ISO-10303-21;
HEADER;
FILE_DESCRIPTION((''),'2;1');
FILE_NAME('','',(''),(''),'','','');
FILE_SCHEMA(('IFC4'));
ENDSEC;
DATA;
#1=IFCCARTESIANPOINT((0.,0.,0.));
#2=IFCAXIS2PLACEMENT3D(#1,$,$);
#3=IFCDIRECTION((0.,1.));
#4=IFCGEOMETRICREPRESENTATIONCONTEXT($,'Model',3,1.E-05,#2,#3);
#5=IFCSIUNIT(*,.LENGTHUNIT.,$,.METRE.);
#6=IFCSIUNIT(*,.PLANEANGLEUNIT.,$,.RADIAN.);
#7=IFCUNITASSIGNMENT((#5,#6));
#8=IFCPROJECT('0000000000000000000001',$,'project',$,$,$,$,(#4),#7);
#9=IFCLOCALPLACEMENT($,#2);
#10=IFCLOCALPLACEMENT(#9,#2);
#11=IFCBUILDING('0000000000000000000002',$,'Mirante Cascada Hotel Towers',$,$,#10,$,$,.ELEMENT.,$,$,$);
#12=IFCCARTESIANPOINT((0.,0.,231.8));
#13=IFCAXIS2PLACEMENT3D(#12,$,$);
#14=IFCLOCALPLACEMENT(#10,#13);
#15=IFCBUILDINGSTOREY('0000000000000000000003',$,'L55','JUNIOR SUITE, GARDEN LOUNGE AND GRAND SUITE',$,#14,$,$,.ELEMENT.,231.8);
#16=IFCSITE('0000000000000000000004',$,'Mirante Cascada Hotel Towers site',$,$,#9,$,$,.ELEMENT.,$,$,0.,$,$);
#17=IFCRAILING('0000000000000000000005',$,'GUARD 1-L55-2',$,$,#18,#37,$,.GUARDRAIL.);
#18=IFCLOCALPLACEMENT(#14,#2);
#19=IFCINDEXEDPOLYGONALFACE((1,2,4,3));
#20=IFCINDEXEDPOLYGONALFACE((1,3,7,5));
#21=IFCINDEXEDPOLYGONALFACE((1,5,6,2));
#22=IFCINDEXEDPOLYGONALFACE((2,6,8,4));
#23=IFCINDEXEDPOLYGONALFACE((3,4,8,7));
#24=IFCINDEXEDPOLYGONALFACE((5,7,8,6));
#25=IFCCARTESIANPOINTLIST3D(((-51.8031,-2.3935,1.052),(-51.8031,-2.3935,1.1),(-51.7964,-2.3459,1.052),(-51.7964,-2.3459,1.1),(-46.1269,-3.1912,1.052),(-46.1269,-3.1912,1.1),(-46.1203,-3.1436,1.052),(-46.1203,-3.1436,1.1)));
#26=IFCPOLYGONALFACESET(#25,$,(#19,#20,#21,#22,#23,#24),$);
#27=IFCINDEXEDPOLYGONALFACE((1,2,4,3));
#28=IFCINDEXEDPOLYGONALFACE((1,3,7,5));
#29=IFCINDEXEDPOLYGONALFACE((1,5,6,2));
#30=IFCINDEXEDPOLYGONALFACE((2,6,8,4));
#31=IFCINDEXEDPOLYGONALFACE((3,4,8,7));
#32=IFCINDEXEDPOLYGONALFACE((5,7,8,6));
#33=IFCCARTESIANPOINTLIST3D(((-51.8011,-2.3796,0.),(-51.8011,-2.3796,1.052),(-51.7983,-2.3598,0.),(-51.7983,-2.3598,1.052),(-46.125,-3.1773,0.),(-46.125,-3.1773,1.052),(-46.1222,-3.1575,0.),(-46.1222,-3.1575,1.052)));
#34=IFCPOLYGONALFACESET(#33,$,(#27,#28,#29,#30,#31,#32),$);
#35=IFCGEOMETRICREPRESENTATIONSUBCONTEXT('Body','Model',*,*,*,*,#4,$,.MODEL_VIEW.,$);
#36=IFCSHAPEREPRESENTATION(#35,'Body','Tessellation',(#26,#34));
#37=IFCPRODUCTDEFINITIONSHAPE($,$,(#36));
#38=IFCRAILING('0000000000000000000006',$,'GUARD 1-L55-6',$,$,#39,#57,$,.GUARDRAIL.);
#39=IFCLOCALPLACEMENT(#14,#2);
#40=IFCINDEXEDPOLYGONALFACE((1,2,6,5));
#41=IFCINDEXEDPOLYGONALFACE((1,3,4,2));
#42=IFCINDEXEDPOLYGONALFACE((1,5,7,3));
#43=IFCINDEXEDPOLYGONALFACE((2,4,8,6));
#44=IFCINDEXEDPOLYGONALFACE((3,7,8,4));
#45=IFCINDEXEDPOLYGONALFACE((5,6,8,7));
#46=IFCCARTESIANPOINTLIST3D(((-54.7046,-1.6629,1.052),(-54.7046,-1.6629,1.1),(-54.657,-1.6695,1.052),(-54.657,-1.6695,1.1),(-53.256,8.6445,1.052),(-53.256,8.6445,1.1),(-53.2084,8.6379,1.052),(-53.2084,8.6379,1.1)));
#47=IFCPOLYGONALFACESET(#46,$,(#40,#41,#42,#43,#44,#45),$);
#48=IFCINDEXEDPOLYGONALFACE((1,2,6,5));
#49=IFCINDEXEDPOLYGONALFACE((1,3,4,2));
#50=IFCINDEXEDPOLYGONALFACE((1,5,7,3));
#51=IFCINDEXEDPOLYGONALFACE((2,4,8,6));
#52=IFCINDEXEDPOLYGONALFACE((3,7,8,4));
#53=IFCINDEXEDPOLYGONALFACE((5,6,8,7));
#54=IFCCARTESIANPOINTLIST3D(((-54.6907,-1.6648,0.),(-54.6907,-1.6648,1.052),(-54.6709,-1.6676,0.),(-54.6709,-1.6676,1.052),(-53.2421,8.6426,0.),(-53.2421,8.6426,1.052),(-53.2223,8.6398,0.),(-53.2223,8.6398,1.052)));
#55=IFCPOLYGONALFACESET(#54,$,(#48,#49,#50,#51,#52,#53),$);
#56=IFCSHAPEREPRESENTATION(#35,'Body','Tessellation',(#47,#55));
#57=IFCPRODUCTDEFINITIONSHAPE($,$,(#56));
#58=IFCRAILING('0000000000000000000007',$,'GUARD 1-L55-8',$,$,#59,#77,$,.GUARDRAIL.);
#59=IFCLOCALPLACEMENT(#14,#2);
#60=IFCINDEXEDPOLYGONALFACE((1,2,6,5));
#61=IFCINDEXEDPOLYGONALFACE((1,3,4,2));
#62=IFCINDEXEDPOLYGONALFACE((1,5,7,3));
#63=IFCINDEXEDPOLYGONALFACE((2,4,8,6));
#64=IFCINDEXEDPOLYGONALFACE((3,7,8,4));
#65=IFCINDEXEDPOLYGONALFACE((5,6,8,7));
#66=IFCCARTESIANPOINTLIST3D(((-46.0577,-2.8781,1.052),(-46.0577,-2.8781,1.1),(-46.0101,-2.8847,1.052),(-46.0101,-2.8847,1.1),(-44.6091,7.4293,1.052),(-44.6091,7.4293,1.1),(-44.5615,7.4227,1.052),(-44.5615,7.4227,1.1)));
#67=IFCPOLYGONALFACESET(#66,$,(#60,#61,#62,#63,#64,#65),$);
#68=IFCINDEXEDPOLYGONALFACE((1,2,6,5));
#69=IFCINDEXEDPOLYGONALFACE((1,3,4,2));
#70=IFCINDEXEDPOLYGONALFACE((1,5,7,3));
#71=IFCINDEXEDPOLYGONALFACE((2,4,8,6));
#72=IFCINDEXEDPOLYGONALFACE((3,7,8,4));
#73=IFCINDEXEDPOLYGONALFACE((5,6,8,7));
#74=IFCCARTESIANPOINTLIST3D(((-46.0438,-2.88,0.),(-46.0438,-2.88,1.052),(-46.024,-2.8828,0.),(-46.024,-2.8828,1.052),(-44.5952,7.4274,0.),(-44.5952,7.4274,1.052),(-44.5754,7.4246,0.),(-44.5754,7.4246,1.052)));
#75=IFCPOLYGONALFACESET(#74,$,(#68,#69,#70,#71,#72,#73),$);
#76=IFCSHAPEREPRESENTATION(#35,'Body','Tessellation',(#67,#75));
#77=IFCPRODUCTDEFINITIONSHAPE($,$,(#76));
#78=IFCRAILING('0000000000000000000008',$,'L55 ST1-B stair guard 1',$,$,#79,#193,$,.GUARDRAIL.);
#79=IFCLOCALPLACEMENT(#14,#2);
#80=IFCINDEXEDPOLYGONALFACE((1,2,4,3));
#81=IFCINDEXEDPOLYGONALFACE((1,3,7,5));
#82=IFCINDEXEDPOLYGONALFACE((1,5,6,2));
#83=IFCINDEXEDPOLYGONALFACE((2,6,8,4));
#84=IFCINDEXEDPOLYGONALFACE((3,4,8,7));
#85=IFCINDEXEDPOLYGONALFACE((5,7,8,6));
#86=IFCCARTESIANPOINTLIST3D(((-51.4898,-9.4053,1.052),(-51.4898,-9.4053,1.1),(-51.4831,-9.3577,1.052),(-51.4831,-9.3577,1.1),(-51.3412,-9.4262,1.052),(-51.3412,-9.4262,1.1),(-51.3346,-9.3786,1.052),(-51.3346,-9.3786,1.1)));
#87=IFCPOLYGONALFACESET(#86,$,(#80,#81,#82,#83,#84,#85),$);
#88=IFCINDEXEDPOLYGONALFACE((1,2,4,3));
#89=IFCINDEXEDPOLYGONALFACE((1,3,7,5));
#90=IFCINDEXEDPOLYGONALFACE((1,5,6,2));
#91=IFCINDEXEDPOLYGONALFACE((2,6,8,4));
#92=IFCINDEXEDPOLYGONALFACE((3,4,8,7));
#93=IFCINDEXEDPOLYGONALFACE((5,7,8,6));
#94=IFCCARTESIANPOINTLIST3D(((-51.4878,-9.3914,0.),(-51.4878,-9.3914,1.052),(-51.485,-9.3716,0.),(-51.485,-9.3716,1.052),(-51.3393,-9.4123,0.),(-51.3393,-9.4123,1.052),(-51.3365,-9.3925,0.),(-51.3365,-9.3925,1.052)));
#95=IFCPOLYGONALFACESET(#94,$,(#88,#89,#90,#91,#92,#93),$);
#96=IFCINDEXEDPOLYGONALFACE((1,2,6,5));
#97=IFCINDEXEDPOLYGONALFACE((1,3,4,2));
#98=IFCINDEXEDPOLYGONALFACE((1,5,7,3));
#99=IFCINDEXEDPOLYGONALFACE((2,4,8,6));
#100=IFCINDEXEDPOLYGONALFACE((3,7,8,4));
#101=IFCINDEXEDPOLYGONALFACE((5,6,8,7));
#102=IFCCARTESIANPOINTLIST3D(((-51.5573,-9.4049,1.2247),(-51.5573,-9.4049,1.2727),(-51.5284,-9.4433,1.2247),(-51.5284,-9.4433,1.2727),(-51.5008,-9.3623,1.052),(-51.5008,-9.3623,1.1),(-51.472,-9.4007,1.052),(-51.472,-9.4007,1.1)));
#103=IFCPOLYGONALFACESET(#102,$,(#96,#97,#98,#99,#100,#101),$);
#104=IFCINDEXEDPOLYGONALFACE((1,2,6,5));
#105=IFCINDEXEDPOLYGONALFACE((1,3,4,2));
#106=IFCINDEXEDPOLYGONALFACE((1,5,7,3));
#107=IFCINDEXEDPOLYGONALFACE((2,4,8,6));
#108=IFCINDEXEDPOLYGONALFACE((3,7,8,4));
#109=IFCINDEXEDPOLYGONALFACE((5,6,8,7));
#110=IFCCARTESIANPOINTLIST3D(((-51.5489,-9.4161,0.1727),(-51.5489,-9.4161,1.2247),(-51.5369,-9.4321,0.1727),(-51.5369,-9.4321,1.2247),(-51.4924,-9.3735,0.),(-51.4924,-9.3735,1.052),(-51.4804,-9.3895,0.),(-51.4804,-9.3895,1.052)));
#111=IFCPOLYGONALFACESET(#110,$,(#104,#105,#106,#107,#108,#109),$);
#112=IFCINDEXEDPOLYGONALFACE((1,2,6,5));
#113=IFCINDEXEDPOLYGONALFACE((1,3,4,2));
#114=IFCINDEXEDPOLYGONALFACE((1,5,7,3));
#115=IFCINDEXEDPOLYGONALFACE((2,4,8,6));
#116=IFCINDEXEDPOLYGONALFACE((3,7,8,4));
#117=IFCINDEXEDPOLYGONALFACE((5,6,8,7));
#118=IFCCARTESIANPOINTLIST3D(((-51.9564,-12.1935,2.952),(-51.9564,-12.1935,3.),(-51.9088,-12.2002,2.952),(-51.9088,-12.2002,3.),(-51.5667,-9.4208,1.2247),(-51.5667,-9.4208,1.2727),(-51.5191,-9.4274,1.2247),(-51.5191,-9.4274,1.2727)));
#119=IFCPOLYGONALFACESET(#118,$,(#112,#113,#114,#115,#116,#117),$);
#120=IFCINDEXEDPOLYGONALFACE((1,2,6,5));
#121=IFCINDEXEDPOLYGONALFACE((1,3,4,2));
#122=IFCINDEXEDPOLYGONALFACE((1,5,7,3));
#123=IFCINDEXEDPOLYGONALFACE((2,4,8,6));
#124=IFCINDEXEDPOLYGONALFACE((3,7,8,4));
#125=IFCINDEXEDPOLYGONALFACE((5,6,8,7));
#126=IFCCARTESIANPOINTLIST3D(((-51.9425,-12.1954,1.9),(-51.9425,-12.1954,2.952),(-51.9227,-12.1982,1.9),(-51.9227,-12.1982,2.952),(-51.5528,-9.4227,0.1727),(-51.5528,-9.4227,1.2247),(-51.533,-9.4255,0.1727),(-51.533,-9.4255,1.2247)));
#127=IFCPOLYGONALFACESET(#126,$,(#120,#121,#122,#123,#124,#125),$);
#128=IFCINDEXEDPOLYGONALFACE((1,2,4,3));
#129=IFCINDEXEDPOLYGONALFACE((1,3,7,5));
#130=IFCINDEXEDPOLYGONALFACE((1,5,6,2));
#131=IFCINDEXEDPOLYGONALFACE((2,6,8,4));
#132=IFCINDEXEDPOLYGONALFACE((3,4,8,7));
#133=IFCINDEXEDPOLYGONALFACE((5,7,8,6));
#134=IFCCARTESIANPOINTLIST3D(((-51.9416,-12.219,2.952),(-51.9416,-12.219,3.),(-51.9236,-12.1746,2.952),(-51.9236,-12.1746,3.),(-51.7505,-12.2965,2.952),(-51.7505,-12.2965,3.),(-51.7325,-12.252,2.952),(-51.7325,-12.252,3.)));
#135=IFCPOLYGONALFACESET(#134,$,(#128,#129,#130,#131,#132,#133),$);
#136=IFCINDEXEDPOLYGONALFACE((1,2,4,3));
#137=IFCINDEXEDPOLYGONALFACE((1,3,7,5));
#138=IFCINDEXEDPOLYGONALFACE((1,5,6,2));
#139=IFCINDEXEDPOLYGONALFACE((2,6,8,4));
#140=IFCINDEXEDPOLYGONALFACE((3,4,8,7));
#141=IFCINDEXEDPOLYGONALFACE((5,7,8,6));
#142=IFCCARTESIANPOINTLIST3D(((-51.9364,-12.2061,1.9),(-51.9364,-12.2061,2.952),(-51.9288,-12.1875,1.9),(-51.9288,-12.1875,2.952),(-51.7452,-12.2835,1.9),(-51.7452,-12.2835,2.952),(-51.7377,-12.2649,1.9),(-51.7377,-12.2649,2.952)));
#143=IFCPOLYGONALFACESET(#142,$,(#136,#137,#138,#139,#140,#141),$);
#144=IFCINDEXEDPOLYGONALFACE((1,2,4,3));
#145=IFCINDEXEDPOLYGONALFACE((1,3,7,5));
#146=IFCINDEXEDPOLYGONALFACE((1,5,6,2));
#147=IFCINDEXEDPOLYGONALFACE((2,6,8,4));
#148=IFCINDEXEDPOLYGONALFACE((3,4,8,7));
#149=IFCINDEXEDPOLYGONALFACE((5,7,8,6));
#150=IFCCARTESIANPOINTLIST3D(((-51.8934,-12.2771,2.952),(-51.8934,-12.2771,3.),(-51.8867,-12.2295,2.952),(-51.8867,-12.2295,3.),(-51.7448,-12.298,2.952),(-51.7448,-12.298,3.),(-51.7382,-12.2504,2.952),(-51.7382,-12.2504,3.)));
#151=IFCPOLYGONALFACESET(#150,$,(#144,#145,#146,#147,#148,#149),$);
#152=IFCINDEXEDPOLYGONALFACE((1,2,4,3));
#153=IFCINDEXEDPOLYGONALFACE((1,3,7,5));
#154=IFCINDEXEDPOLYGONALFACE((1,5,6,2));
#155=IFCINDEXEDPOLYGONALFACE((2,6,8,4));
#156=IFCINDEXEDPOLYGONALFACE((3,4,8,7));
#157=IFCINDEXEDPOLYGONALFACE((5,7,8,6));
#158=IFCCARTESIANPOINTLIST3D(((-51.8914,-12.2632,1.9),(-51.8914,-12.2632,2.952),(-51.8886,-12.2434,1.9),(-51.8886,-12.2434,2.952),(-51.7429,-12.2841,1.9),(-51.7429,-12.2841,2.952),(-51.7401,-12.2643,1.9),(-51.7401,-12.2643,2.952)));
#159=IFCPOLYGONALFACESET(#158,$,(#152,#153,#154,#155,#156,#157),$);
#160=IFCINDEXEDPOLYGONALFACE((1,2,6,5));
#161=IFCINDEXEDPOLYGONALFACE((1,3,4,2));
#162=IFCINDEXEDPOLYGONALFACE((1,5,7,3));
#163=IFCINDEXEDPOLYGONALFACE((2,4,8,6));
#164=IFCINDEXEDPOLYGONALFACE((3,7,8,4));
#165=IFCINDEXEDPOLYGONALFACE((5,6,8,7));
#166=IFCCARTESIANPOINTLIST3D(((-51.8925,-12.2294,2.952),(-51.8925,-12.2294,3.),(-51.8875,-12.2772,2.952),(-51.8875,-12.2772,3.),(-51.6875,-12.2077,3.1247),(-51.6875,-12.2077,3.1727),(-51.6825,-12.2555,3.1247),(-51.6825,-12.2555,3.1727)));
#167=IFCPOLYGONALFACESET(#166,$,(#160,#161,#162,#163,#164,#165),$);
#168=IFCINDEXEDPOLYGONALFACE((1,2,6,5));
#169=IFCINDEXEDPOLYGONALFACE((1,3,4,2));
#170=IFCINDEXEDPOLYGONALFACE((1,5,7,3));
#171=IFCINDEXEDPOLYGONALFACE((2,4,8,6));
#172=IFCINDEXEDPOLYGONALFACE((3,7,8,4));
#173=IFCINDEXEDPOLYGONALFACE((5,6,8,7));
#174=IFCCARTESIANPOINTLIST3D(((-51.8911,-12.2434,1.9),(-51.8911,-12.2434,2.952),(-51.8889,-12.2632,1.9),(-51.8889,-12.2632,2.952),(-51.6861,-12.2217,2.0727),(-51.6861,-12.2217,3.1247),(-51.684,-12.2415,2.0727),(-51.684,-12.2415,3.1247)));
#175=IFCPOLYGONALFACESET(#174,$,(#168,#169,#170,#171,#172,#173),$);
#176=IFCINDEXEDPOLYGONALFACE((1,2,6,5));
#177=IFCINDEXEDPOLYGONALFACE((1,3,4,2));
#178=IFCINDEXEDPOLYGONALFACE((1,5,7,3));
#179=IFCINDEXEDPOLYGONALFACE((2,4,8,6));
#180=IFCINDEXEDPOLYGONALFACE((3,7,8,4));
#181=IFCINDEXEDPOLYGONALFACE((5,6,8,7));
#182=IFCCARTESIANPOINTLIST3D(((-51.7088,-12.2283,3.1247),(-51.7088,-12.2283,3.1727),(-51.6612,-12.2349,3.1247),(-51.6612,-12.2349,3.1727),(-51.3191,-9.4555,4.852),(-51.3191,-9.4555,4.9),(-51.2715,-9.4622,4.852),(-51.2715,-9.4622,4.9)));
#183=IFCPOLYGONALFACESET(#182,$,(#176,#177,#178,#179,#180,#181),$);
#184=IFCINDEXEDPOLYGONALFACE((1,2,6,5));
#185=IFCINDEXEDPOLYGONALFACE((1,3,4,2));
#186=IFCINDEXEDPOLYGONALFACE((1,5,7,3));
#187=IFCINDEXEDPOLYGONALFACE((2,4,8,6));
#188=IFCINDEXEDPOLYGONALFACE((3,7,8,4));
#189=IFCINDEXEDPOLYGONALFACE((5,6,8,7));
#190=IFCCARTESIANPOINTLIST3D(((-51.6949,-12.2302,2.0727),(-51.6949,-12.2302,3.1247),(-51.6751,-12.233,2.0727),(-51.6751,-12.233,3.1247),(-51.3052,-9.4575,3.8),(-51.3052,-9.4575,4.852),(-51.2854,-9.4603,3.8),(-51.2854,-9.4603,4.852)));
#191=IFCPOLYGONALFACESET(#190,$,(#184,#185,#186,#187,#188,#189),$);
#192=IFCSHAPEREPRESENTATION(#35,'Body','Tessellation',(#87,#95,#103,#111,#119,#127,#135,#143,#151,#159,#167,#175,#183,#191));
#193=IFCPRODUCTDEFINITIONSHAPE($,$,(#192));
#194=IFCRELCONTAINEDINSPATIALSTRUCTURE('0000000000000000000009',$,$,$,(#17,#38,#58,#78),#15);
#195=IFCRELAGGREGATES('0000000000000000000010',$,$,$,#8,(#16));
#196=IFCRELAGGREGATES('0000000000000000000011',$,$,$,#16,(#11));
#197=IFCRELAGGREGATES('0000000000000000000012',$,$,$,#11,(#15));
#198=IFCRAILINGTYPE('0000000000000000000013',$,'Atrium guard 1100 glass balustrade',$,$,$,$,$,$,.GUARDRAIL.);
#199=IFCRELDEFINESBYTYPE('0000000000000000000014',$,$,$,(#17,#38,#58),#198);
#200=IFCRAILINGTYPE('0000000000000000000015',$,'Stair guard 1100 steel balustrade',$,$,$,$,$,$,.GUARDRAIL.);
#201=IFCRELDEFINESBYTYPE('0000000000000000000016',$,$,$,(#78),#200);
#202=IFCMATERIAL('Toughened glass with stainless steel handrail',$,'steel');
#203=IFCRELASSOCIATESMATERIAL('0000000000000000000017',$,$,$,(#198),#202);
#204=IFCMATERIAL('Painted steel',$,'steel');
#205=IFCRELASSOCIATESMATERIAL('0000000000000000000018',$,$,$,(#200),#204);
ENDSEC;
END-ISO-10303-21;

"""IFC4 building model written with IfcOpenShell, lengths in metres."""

from ifc_helpers import new_model, si_unit, direction, frame, origin, origin_2d, place, context, subcontext, project, spatial, rectangle, extrude, material, type_object, element, save


model = new_model("IFC4")

# Units and contexts
model_context = context("Model", 3, precision=1e-05, world=origin(), true_north=direction((0.0, 1.0)))
body_context = subcontext(model_context, "Body", "Model", "MODEL_VIEW")
ifc_project = project(units=[si_unit("LENGTHUNIT", "METRE"), si_unit("PLANEANGLEUNIT", "RADIAN")], contexts=[model_context])

# Site, building, storey
site_placement = place(None, origin())
site = spatial("IfcSite", under=ifc_project, at=site_placement, Name="Mirante Cascada Hotel Towers site", CompositionType="ELEMENT", RefElevation=0.0)
building_placement = place(site_placement, origin())
building = spatial("IfcBuilding", under=site, at=building_placement, Name="Mirante Cascada Hotel Towers", CompositionType="ELEMENT")
storey_placement = place(building_placement, frame((0.0, 0.0, 231.8)))
storey = spatial("IfcBuildingStorey", under=building, at=storey_placement, Name="L55", Description="JUNIOR SUITE, GARDEN LOUNGE AND GRAND SUITE", CompositionType="ELEMENT", Elevation=231.8)

# Railings
ifc_material_1 = material(Name="Toughened glass with stainless steel handrail", Category="steel")
railing_type_1 = type_object("IfcRailingType", Name="Atrium guard 1100 glass balustrade", PredefinedType="GUARDRAIL", material=ifc_material_1)
railing_1_placement = place(storey_placement, frame((-46.1236, -3.1674, 0.0)))
element("IfcRailing", 1, at=railing_1_placement, inside=storey, type_object=railing_type_1, Name="GUARD 1-L55-2", PredefinedType="GUARDRAIL", context=body_context, shape_type="SweptSolid", body=[
    extrude(rectangle(XDim=0.048, YDim=0.048, at=origin_2d()), frame((0.0, 0.0, 1.076), z_axis=(-0.990269, 0.139169, 0.0), x_axis=(-0.139169, -0.990269, 0.0)), (0.0, 0.0, 1.0), 5.7319),
    extrude(rectangle(XDim=0.02, YDim=1.052, at=origin_2d()), frame((0.0, 0.0, 0.526), z_axis=(-0.990269, 0.139169, 0.0), x_axis=(-0.139169, -0.990269, 0.0)), (0.0, 0.0, 1.0), 5.7319),
])
for number, where, name in (
    (2, (-54.6808, -1.6662, 0.0), "GUARD 1-L55-6"),
    (3, (-46.0339, -2.8814, 0.0), "GUARD 1-L55-8"),
):
    element("IfcRailing", number, at=place(storey_placement, frame(where)), inside=storey, type_object=railing_type_1, Name=name, PredefinedType="GUARDRAIL", context=body_context, shape_type="SweptSolid", body=[
        extrude(rectangle(XDim=0.048, YDim=0.048, at=origin_2d()), frame((0.0, 0.0, 1.076), z_axis=(0.139172, 0.990268, 0.0), x_axis=(-0.990268, 0.139172, 0.0)), (0.0, 0.0, 1.0), 10.4087),
        extrude(rectangle(XDim=0.02, YDim=1.052, at=origin_2d()), frame((0.0, 0.0, 0.526), z_axis=(0.139172, 0.990268, 0.0), x_axis=(-0.990268, 0.139172, 0.0)), (0.0, 0.0, 1.0), 10.4087),
    ])
ifc_material_2 = material(Name="Painted steel", Category="steel")
railing_type_2 = type_object("IfcRailingType", Name="Stair guard 1100 steel balustrade", PredefinedType="GUARDRAIL", material=ifc_material_2)
railing_2_placement = place(storey_placement, frame((-51.3379, -9.4024, 0.0)))
element("IfcRailing", 4, at=railing_2_placement, inside=storey, type_object=railing_type_2, Name="L55 ST1-B stair guard 1", PredefinedType="GUARDRAIL", context=body_context, shape_type="SweptSolid", body=[
    extrude(rectangle(XDim=0.048, YDim=0.048, at=origin_2d()), frame((0.0, 0.0, 1.076), z_axis=(-0.990241, 0.139367, 0.0), x_axis=(-0.139367, -0.990241, 0.0)), (0.0, 0.0, 1.0), 0.15),
    extrude(rectangle(XDim=0.02, YDim=1.052, at=origin_2d()), frame((0.0, 0.0, 0.526), z_axis=(-0.990241, 0.139367, 0.0), x_axis=(-0.139367, -0.990241, 0.0)), (0.0, 0.0, 1.0), 0.15),
    extrude(rectangle(XDim=0.048, YDim=0.048, at=origin_2d()), frame((-0.1485, 0.0209, 1.076), z_axis=(-0.798471, -0.602033, 0.0), x_axis=(0.602033, -0.798471, 0.0)), (0.0, 0.92534, 0.379139), 0.1866),
    extrude(rectangle(XDim=0.02, YDim=1.052, at=origin_2d()), frame((-0.1485, 0.0209, 0.526), z_axis=(-0.798471, -0.602033, 0.0), x_axis=(0.602033, -0.798471, 0.0)), (0.0, 0.92534, 0.379139), 0.1866),
    extrude(rectangle(XDim=0.048, YDim=0.048, at=origin_2d()), frame((-0.205, -0.0217, 1.2487), z_axis=(-0.139181, -0.990267, 0.0), x_axis=(0.990267, -0.139181, 0.0)), (0.0, 0.525035, 0.851081), 3.2899),
    extrude(rectangle(XDim=0.02, YDim=1.052, at=origin_2d()), frame((-0.205, -0.0217, 0.6987), z_axis=(-0.139181, -0.990267, 0.0), x_axis=(0.990267, -0.139181, 0.0)), (0.0, 0.525035, 0.851081), 3.2899),
    extrude(rectangle(XDim=0.048, YDim=0.048, at=origin_2d()), frame((-0.5947, -2.7944, 2.976), z_axis=(0.926862, -0.375401, 0.0), x_axis=(0.375401, 0.926862, 0.0)), (0.0, 0.0, 1.0), 0.2062),
    extrude(rectangle(XDim=0.02, YDim=1.052, at=origin_2d()), frame((-0.5947, -2.7944, 2.426), z_axis=(0.926862, -0.375401, 0.0), x_axis=(0.375401, 0.926862, 0.0)), (0.0, 0.0, 1.0), 0.2062),
    extrude(rectangle(XDim=0.048, YDim=0.048, at=origin_2d()), frame((-0.4036, -2.8718, 2.976), z_axis=(-0.990241, 0.139367, 0.0), x_axis=(-0.139367, -0.990241, 0.0)), (0.0, 0.0, 1.0), 0.15),
    extrude(rectangle(XDim=0.02, YDim=1.052, at=origin_2d()), frame((-0.4036, -2.8718, 2.426), z_axis=(-0.990241, 0.139367, 0.0), x_axis=(-0.139367, -0.990241, 0.0)), (0.0, 0.0, 1.0), 0.15),
    extrude(rectangle(XDim=0.048, YDim=0.048, at=origin_2d()), frame((-0.5521, -2.8509, 2.976), z_axis=(0.994444, 0.105266, 0.0), x_axis=(-0.105266, 0.994444, 0.0)), (0.0, 0.642184, 0.76655), 0.2689),
    extrude(rectangle(XDim=0.02, YDim=1.052, at=origin_2d()), frame((-0.5521, -2.8509, 2.426), z_axis=(0.994444, 0.105266, 0.0), x_axis=(-0.105266, 0.994444, 0.0)), (0.0, 0.642184, 0.76655), 0.2689),
    extrude(rectangle(XDim=0.048, YDim=0.048, at=origin_2d()), frame((-0.3471, -2.8292, 3.1487), z_axis=(0.139181, 0.990267, 0.0), x_axis=(-0.990267, 0.139181, 0.0)), (0.0, 0.525035, 0.851081), 3.2899),
    extrude(rectangle(XDim=0.02, YDim=1.052, at=origin_2d()), frame((-0.3471, -2.8292, 2.5987), z_axis=(0.139181, 0.990267, 0.0), x_axis=(-0.990267, 0.139181, 0.0)), (0.0, 0.525035, 0.851081), 3.2899),
])

save(model, "model.ifc")
